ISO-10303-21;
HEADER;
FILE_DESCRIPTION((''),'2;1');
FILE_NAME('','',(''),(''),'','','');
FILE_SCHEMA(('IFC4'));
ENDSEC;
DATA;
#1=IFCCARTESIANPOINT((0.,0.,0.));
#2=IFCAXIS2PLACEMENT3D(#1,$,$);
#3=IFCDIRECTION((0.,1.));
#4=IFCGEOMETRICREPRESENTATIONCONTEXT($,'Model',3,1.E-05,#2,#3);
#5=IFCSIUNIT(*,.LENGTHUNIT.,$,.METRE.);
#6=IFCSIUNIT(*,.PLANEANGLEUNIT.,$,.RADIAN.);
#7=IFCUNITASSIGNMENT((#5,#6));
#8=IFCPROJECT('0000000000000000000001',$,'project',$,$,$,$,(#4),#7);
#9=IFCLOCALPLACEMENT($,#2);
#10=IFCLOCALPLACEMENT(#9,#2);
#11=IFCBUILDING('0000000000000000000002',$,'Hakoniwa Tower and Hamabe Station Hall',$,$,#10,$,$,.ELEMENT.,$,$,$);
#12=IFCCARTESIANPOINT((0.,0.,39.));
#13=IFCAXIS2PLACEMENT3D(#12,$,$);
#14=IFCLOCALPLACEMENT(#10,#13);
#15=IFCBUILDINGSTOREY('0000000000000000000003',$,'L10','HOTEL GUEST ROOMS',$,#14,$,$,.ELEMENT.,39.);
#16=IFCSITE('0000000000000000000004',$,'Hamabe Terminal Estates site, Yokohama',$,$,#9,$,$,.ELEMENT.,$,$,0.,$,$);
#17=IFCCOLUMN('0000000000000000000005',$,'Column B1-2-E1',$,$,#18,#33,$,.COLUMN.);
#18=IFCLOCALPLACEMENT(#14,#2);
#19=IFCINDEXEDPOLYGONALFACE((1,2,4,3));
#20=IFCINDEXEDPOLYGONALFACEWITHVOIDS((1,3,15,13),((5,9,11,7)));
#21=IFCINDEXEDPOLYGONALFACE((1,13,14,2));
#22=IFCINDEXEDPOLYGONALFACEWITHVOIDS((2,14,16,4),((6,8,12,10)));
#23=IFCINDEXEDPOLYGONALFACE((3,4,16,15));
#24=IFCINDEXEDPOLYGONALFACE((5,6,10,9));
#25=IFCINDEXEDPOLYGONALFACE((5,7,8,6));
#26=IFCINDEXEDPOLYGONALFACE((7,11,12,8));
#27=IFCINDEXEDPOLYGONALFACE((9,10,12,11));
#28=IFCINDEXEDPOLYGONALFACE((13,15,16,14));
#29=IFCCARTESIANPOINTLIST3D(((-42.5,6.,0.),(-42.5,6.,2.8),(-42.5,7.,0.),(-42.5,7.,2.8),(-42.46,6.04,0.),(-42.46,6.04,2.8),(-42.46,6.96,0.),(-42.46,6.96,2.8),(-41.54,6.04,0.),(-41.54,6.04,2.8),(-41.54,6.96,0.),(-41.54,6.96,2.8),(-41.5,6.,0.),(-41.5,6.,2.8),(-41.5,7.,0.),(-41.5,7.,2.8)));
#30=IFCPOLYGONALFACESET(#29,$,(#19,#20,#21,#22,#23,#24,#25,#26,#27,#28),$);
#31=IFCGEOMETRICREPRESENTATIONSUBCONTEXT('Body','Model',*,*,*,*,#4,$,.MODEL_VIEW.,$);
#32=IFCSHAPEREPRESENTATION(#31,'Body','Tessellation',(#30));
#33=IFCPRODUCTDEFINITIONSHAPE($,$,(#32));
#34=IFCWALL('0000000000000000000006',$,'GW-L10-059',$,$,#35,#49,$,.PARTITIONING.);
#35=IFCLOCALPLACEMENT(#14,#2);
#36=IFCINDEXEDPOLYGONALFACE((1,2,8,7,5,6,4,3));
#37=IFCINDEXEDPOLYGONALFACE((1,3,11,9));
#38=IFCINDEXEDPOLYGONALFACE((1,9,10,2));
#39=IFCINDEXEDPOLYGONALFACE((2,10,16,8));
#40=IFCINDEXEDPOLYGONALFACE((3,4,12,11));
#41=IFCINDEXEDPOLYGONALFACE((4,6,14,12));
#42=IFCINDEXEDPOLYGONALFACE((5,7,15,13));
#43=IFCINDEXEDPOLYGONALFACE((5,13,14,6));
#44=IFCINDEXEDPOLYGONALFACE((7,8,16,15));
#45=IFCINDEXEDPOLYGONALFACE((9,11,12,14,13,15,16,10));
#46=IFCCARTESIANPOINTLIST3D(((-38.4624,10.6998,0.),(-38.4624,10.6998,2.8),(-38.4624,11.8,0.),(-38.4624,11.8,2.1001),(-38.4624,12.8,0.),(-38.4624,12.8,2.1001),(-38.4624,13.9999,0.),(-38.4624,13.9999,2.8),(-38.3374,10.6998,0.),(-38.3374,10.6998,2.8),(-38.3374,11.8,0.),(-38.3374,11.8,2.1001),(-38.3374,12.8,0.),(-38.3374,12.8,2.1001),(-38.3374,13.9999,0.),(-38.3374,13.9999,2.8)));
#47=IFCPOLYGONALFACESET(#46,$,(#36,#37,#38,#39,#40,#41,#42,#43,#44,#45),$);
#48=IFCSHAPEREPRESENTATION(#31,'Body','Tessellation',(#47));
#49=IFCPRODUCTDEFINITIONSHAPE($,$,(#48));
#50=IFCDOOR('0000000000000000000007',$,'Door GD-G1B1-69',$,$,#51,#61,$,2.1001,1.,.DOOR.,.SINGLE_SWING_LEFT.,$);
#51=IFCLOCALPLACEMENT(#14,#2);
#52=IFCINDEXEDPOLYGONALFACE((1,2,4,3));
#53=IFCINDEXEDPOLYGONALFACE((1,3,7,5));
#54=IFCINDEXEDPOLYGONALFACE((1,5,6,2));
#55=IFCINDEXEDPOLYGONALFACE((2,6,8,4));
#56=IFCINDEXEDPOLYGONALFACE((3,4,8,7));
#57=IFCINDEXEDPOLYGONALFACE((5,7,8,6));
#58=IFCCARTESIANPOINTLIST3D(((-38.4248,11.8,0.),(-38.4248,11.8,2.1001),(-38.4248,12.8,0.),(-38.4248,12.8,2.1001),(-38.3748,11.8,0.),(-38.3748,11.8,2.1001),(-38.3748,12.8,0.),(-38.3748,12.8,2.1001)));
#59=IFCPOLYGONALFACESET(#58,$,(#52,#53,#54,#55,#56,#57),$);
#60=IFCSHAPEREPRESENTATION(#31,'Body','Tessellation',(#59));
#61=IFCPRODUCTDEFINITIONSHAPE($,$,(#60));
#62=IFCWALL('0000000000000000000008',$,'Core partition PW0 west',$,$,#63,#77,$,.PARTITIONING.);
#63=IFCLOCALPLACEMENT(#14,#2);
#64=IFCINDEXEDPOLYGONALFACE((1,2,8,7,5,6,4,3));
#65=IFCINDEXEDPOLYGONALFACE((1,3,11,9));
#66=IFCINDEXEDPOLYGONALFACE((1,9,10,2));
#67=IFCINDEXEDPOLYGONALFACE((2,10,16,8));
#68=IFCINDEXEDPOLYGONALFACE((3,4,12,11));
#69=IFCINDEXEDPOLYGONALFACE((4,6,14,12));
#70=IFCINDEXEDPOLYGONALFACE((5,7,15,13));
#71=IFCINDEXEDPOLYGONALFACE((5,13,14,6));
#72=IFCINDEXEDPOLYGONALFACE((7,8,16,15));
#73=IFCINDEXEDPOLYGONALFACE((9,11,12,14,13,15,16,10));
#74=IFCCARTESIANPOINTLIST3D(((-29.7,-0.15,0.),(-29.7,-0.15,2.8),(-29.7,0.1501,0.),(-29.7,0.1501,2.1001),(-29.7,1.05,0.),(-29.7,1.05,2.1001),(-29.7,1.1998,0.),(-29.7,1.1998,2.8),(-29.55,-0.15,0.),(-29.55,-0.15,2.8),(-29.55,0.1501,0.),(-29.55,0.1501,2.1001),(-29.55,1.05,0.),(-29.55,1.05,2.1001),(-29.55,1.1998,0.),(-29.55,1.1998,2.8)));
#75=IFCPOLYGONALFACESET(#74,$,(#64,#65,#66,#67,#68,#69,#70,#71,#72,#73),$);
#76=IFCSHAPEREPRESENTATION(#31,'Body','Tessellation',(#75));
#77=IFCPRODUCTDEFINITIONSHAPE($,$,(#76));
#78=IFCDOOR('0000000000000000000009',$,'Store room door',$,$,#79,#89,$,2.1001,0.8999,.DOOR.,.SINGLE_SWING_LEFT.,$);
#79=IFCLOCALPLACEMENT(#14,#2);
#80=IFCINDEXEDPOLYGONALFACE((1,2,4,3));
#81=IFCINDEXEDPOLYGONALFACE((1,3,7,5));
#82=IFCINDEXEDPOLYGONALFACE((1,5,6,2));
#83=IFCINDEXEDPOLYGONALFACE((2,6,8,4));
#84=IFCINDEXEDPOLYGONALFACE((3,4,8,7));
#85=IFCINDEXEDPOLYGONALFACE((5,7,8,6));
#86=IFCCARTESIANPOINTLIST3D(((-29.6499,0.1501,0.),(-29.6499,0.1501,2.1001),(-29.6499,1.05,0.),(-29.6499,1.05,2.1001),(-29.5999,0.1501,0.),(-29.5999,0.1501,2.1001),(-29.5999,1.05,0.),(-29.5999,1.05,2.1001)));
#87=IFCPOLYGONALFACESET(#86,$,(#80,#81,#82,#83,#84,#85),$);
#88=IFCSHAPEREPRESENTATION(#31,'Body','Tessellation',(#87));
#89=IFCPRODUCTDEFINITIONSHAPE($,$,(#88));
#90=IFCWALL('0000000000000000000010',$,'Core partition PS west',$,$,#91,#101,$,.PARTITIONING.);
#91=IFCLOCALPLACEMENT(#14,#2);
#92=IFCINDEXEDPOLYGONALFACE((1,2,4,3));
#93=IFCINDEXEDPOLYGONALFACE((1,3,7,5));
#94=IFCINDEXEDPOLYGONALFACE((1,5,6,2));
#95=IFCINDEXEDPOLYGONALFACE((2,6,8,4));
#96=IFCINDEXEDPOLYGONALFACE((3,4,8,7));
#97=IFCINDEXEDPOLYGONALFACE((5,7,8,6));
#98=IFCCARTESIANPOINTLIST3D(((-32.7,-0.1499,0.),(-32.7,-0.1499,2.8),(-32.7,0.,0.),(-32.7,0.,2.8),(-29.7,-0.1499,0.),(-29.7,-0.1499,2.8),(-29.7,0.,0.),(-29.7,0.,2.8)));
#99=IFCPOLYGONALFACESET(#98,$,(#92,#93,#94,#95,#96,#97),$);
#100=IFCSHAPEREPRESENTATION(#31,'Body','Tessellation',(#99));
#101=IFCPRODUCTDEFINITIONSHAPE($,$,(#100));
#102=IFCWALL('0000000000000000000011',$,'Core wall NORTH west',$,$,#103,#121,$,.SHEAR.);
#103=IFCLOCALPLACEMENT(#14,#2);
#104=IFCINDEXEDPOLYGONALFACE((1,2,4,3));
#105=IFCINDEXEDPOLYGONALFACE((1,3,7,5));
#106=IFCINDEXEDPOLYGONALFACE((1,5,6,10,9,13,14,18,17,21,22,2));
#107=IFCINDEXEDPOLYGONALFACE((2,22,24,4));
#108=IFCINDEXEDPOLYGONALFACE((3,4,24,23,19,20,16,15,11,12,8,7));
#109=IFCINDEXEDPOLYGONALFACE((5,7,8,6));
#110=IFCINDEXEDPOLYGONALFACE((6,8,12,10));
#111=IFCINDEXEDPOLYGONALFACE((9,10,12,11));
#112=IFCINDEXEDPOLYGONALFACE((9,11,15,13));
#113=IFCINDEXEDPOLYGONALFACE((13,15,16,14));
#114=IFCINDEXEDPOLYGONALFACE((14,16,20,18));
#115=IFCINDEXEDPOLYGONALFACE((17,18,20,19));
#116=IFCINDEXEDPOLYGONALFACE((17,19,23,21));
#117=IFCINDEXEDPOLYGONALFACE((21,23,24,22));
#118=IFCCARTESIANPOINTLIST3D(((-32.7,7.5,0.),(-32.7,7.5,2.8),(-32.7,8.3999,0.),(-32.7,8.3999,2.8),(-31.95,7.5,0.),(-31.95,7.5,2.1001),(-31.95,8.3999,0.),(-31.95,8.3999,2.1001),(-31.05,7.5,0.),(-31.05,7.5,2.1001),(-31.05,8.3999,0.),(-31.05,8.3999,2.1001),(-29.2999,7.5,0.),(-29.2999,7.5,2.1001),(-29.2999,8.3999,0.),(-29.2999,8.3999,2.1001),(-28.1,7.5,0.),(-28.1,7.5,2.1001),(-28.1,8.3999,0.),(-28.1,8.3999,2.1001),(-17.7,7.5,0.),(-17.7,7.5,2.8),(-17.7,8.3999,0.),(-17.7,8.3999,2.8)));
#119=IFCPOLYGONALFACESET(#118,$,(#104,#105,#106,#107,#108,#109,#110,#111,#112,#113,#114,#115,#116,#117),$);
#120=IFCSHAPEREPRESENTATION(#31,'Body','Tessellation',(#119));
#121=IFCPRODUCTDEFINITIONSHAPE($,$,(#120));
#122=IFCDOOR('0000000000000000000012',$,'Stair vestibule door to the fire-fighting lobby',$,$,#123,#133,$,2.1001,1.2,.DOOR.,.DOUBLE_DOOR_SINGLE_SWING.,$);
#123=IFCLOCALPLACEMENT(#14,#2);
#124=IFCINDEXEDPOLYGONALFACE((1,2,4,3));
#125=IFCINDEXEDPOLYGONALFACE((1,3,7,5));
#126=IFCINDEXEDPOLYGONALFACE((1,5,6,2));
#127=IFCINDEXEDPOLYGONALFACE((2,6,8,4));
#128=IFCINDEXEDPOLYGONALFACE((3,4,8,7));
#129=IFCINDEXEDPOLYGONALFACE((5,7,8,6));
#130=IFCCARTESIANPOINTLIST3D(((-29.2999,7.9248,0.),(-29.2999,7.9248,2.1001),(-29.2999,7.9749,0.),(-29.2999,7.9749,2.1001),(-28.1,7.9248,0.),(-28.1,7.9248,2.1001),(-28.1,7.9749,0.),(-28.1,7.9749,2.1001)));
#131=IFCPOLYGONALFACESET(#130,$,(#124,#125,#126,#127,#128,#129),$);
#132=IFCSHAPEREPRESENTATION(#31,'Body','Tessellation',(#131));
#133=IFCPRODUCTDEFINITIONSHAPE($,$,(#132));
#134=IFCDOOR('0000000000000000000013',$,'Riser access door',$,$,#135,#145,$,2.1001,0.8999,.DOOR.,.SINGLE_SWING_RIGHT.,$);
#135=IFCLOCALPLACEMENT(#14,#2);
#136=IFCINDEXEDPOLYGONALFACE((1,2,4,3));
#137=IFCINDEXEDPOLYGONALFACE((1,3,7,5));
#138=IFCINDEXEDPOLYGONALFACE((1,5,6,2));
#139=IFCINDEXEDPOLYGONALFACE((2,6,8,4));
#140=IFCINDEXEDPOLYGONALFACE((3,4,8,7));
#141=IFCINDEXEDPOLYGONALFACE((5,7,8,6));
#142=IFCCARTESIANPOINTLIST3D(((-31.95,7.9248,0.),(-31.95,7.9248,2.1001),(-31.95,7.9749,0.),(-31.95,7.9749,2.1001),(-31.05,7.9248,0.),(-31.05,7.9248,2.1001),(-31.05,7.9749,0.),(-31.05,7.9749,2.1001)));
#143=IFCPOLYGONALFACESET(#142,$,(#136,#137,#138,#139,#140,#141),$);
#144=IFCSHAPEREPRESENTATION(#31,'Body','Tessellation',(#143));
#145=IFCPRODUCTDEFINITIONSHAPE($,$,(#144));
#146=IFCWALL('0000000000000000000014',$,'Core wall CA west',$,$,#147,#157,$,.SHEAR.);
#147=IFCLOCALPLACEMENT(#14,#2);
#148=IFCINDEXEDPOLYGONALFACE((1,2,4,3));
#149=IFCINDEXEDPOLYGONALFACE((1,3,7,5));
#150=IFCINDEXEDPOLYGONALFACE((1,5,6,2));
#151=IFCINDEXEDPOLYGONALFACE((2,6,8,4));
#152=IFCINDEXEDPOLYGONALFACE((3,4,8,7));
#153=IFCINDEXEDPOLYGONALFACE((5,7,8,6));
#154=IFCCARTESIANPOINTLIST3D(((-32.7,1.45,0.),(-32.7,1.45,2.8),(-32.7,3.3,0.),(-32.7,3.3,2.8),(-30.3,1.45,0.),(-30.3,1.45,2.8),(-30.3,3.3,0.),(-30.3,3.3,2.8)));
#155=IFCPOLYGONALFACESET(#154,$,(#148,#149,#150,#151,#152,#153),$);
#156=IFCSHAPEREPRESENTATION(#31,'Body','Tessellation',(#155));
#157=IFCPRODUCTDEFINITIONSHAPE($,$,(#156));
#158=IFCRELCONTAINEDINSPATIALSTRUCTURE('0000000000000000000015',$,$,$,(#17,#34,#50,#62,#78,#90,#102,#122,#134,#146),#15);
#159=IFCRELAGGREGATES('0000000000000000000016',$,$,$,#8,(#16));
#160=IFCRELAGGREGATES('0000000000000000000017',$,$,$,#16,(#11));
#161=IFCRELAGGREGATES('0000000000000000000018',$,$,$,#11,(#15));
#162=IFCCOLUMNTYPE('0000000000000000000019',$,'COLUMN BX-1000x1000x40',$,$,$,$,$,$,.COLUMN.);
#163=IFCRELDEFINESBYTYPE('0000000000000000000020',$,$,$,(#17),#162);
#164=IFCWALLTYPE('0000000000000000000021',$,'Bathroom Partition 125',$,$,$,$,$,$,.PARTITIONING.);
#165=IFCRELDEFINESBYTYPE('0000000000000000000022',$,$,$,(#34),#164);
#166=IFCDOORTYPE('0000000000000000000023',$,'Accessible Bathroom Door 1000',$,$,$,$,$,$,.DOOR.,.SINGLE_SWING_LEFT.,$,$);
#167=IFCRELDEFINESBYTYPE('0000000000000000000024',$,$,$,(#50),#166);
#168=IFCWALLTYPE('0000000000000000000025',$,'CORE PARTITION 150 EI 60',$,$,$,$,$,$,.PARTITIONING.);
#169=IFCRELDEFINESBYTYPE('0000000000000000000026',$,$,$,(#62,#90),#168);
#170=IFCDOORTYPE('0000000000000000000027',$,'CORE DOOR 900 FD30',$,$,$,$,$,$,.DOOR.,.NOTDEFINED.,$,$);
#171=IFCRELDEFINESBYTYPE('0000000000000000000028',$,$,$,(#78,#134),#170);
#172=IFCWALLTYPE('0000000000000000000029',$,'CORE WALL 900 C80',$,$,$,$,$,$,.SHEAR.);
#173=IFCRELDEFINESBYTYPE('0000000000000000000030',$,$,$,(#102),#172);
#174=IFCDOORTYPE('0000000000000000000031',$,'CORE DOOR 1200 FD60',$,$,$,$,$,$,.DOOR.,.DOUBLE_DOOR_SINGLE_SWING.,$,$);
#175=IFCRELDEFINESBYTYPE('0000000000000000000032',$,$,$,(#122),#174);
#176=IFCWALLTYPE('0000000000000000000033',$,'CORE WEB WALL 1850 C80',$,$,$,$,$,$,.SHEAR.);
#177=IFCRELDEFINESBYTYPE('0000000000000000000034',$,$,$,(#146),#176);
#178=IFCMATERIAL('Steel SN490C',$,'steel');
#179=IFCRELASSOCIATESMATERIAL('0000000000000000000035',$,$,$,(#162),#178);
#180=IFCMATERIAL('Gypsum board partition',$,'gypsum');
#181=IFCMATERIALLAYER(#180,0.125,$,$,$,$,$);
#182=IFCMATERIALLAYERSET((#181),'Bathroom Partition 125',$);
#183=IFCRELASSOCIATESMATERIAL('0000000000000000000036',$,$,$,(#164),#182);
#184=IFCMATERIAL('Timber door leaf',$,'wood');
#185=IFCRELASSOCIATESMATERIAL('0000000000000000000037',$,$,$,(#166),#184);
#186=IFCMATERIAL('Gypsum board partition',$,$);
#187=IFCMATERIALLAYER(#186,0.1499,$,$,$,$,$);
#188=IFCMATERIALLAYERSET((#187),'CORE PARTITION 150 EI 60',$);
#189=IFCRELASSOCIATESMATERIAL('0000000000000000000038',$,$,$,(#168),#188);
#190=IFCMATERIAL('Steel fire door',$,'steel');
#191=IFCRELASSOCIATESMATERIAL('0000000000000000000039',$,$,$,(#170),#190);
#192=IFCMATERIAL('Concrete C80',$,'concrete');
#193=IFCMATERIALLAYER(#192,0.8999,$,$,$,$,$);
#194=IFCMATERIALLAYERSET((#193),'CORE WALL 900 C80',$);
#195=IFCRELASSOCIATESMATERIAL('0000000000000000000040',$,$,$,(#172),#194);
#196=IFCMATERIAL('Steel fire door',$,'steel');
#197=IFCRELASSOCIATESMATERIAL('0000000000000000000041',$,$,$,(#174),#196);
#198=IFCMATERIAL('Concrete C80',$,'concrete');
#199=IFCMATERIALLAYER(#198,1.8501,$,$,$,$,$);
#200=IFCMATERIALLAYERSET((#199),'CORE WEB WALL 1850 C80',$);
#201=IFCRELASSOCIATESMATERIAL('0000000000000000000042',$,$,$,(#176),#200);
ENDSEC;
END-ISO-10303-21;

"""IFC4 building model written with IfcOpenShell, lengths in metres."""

from ifc_helpers import new_model, si_unit, direction, frame, frame_2d, origin, origin_2d, place, context, subcontext, project, spatial, rectangle, hollow_rectangle, extrude, material, layer, layer_set, material_profile, profile_set, type_object, element, fill, save


model = new_model("IFC4")

# Units and contexts
model_context = context("Model", 3, precision=1e-05, world=origin(), true_north=direction((0.0, 1.0)))
body_context = subcontext(model_context, "Body", "Model", "MODEL_VIEW")
ifc_project = project(units=[si_unit("LENGTHUNIT", "METRE"), si_unit("PLANEANGLEUNIT", "RADIAN")], contexts=[model_context])

# Site, building, storey
site_placement = place(None, origin())
site = spatial("IfcSite", under=ifc_project, at=site_placement, Name="Hamabe Terminal Estates site, Yokohama", CompositionType="ELEMENT", RefElevation=0.0)
building_placement = place(site_placement, origin())
building = spatial("IfcBuilding", under=site, at=building_placement, Name="Hakoniwa Tower and Hamabe Station Hall", CompositionType="ELEMENT")
storey_placement = place(building_placement, frame((0.0, 0.0, 39.0)))
storey = spatial("IfcBuildingStorey", under=building, at=storey_placement, Name="L10", Description="HOTEL GUEST ROOMS", CompositionType="ELEMENT", Elevation=39.0)

# Column
ifc_material_1 = material(Name="Steel SN490C", Category="steel")
ifc_material_profile = material_profile(ifc_material_1, hollow_rectangle(XDim=1.0, YDim=1.0, WallThickness=0.04, at=origin_2d()), Name="BX-1000x1000x40")
ifc_profile_set = profile_set([ifc_material_profile], Name="Steel SN490C")
column_type = type_object("IfcColumnType", Name="COLUMN BX-1000x1000x40", PredefinedType="COLUMN", material=ifc_profile_set)
column_placement = place(storey_placement, frame((-42.0, 6.5, 0.0), z_axis=(0.0, 0.0, 1.0), x_axis=(1.0, 0.0, 0.0)))
element("IfcColumn", 1, at=column_placement, inside=storey, type_object=column_type, Name="Column B1-2-E1", PredefinedType="COLUMN", context=body_context, shape_type="SweptSolid", body=[
    extrude(hollow_rectangle(XDim=1.0, YDim=1.0, WallThickness=0.04, at=origin_2d()), origin(), (0.0, 0.0, 1.0), 2.8),
])

# Walls, openings, doors
ifc_material_2 = material(Name="Gypsum board partition", Category="gypsum")
ifc_layer_1 = layer(ifc_material_2, 0.125)
ifc_layer_set_1 = layer_set([ifc_layer_1], Name="Bathroom Partition 125")
wall_type_1 = type_object("IfcWallType", Name="Bathroom Partition 125", PredefinedType="PARTITIONING", material=ifc_layer_set_1)
wall_1_placement = place(storey_placement, frame((-38.3999, 10.7, 0.0), z_axis=(0.0, 0.0, 1.0), x_axis=(0.0, 1.0, 0.0)))
wall_1 = element("IfcWall", 2, at=wall_1_placement, inside=storey, type_object=wall_type_1, Name="GW-L10-059", PredefinedType="PARTITIONING", context=body_context, shape_type="SweptSolid", body=[
    extrude(rectangle(XDim=3.3, YDim=0.125, at=frame_2d((1.6499, 0.0))), origin(), (0.0, 0.0, 1.0), 2.8),
])
opening_1_placement = place(wall_1_placement, frame((1.1001, 0.0, 0.0)))
opening_1 = element("IfcOpeningElement", 3, at=opening_1_placement, cuts=wall_1, PredefinedType="OPENING", context=body_context, shape_type="SweptSolid", body=[
    extrude(rectangle(XDim=1.0, YDim=2.1001, at=frame_2d((0.5, 1.05))), frame((0.0, 0.0725, 0.0), z_axis=(0.0, -1.0, 0.0), x_axis=(1.0, 0.0, 0.0)), (0.0, 0.0, 1.0), 0.145),
])
ifc_material_3 = material(Name="Timber door leaf", Category="wood")
door_type_1 = type_object("IfcDoorType", Name="Accessible Bathroom Door 1000", OperationType="SINGLE_SWING_LEFT", PredefinedType="DOOR", material=ifc_material_3)
door_1_placement = place(opening_1_placement, origin())
door_1 = element("IfcDoor", 4, at=door_1_placement, inside=storey, type_object=door_type_1, Name="Door GD-G1B1-69", OperationType="SINGLE_SWING_LEFT", OverallHeight=2.1001, OverallWidth=1.0, PredefinedType="DOOR", context=body_context, shape_type="SweptSolid", body=[
    extrude(rectangle(XDim=1.0, YDim=2.1001, at=frame_2d((0.5, 1.05))), frame((0.0, 0.0249, 0.0), z_axis=(0.0, -1.0, 0.0), x_axis=(1.0, 0.0, 0.0)), (0.0, 0.0, 1.0), 0.05),
])
fill(opening_1, door_1)
ifc_material_4 = material(Name="Gypsum board partition")
ifc_layer_2 = layer(ifc_material_4, 0.1499)
ifc_layer_set_2 = layer_set([ifc_layer_2], Name="CORE PARTITION 150 EI 60")
wall_type_2 = type_object("IfcWallType", Name="CORE PARTITION 150 EI 60", PredefinedType="PARTITIONING", material=ifc_layer_set_2)
wall_2_placement = place(storey_placement, frame((-29.625, -0.1499, 0.0), z_axis=(0.0, 0.0, 1.0), x_axis=(0.0, 1.0, 0.0)))
wall_2 = element("IfcWall", 5, at=wall_2_placement, inside=storey, type_object=wall_type_2, Name="Core partition PW0 west", PredefinedType="PARTITIONING", context=body_context, shape_type="SweptSolid", body=[
    extrude(rectangle(XDim=1.3499, YDim=0.1499, at=frame_2d((0.6748, 0.0))), origin(), (0.0, 0.0, 1.0), 2.8),
])
opening_2_placement = place(wall_2_placement, frame((0.3, 0.0, 0.0)))
opening_2 = element("IfcOpeningElement", 6, at=opening_2_placement, cuts=wall_2, PredefinedType="OPENING", context=body_context, shape_type="SweptSolid", body=[
    extrude(rectangle(XDim=0.8999, YDim=2.1001, at=frame_2d((0.45, 1.05))), frame((0.0, 0.085, 0.0), z_axis=(0.0, -1.0, 0.0), x_axis=(1.0, 0.0, 0.0)), (0.0, 0.0, 1.0), 0.1699),
])
ifc_material_5 = material(Name="Steel fire door", Category="steel")
door_type_2 = type_object("IfcDoorType", Name="CORE DOOR 900 FD30", OperationType="NOTDEFINED", PredefinedType="DOOR", material=ifc_material_5)
door_2_placement = place(opening_2_placement, origin())
door_2 = element("IfcDoor", 7, at=door_2_placement, inside=storey, type_object=door_type_2, Name="Store room door", OperationType="SINGLE_SWING_LEFT", OverallHeight=2.1001, OverallWidth=0.8999, PredefinedType="DOOR", context=body_context, shape_type="SweptSolid", body=[
    extrude(rectangle(XDim=0.8999, YDim=2.1001, at=frame_2d((0.45, 1.05))), frame((0.0, 0.0249, 0.0), z_axis=(0.0, -1.0, 0.0), x_axis=(1.0, 0.0, 0.0)), (0.0, 0.0, 1.0), 0.05),
])
fill(opening_2, door_2)

# Wall
wall_3_placement = place(storey_placement, frame((-32.7, -0.075, 0.0), z_axis=(0.0, 0.0, 1.0), x_axis=(1.0, 0.0, 0.0)))
element("IfcWall", 8, at=wall_3_placement, inside=storey, type_object=wall_type_2, Name="Core partition PS west", PredefinedType="PARTITIONING", context=body_context, shape_type="SweptSolid", body=[
    extrude(rectangle(XDim=3.0, YDim=0.1499, at=frame_2d((1.5, 0.0))), origin(), (0.0, 0.0, 1.0), 2.8),
])

# Wall, openings, doors
ifc_material_6 = material(Name="Concrete C80", Category="concrete")
ifc_layer_3 = layer(ifc_material_6, 0.8999)
ifc_layer_set_3 = layer_set([ifc_layer_3], Name="CORE WALL 900 C80")
wall_type_3 = type_object("IfcWallType", Name="CORE WALL 900 C80", PredefinedType="SHEAR", material=ifc_layer_set_3)
wall_4_placement = place(storey_placement, frame((-32.7, 7.95, 0.0), z_axis=(0.0, 0.0, 1.0), x_axis=(1.0, 0.0, 0.0)))
wall_4 = element("IfcWall", 9, at=wall_4_placement, inside=storey, type_object=wall_type_3, Name="Core wall NORTH west", PredefinedType="SHEAR", context=body_context, shape_type="SweptSolid", body=[
    extrude(rectangle(XDim=15.0, YDim=0.8999, at=frame_2d((7.5, 0.0))), origin(), (0.0, 0.0, 1.0), 2.8),
])
opening_3_placement = place(wall_4_placement, frame((3.3999, 0.0, 0.0)))
opening_3 = element("IfcOpeningElement", 10, at=opening_3_placement, cuts=wall_4, PredefinedType="OPENING", context=body_context, shape_type="SweptSolid", body=[
    extrude(rectangle(XDim=1.2, YDim=2.1001, at=frame_2d((0.6001, 1.05))), frame((0.0, 0.46, 0.0), z_axis=(0.0, -1.0, 0.0), x_axis=(1.0, 0.0, 0.0)), (0.0, 0.0, 1.0), 0.9199),
])
opening_4_placement = place(wall_4_placement, frame((0.75, 0.0, 0.0)))
opening_4 = element("IfcOpeningElement", 11, at=opening_4_placement, cuts=wall_4, PredefinedType="OPENING", context=body_context, shape_type="SweptSolid", body=[
    extrude(rectangle(XDim=0.8999, YDim=2.1001, at=frame_2d((0.45, 1.05))), frame((0.0, 0.46, 0.0), z_axis=(0.0, -1.0, 0.0), x_axis=(1.0, 0.0, 0.0)), (0.0, 0.0, 1.0), 0.9199),
])
ifc_material_7 = material(Name="Steel fire door", Category="steel")
door_type_3 = type_object("IfcDoorType", Name="CORE DOOR 1200 FD60", OperationType="DOUBLE_DOOR_SINGLE_SWING", PredefinedType="DOOR", material=ifc_material_7)
door_3_placement = place(opening_3_placement, origin())
door_3 = element("IfcDoor", 12, at=door_3_placement, inside=storey, type_object=door_type_3, Name="Stair vestibule door to the fire-fighting lobby", OperationType="DOUBLE_DOOR_SINGLE_SWING", OverallHeight=2.1001, OverallWidth=1.2, PredefinedType="DOOR", context=body_context, shape_type="SweptSolid", body=[
    extrude(rectangle(XDim=1.2, YDim=2.1001, at=frame_2d((0.6001, 1.05))), frame((0.0, 0.0249, 0.0), z_axis=(0.0, -1.0, 0.0), x_axis=(1.0, 0.0, 0.0)), (0.0, 0.0, 1.0), 0.05),
])
fill(opening_3, door_3)
door_4_placement = place(opening_4_placement, origin())
door_4 = element("IfcDoor", 13, at=door_4_placement, inside=storey, type_object=door_type_2, Name="Riser access door", OperationType="SINGLE_SWING_RIGHT", OverallHeight=2.1001, OverallWidth=0.8999, PredefinedType="DOOR", context=body_context, shape_type="SweptSolid", body=[
    extrude(rectangle(XDim=0.8999, YDim=2.1001, at=frame_2d((0.45, 1.05))), frame((0.0, 0.0249, 0.0), z_axis=(0.0, -1.0, 0.0), x_axis=(1.0, 0.0, 0.0)), (0.0, 0.0, 1.0), 0.05),
])
fill(opening_4, door_4)

# Wall
ifc_material_8 = material(Name="Concrete C80", Category="concrete")
ifc_layer_4 = layer(ifc_material_8, 1.8501)
ifc_layer_set_4 = layer_set([ifc_layer_4], Name="CORE WEB WALL 1850 C80")
wall_type_4 = type_object("IfcWallType", Name="CORE WEB WALL 1850 C80", PredefinedType="SHEAR", material=ifc_layer_set_4)
wall_5_placement = place(storey_placement, frame((-32.7, 2.375, 0.0), z_axis=(0.0, 0.0, 1.0), x_axis=(1.0, 0.0, 0.0)))
element("IfcWall", 14, at=wall_5_placement, inside=storey, type_object=wall_type_4, Name="Core wall CA west", PredefinedType="SHEAR", context=body_context, shape_type="SweptSolid", body=[
    extrude(rectangle(XDim=2.3999, YDim=1.8501, at=frame_2d((1.2, 0.0))), origin(), (0.0, 0.0, 1.0), 2.8),
])

save(model, "model.ifc")
